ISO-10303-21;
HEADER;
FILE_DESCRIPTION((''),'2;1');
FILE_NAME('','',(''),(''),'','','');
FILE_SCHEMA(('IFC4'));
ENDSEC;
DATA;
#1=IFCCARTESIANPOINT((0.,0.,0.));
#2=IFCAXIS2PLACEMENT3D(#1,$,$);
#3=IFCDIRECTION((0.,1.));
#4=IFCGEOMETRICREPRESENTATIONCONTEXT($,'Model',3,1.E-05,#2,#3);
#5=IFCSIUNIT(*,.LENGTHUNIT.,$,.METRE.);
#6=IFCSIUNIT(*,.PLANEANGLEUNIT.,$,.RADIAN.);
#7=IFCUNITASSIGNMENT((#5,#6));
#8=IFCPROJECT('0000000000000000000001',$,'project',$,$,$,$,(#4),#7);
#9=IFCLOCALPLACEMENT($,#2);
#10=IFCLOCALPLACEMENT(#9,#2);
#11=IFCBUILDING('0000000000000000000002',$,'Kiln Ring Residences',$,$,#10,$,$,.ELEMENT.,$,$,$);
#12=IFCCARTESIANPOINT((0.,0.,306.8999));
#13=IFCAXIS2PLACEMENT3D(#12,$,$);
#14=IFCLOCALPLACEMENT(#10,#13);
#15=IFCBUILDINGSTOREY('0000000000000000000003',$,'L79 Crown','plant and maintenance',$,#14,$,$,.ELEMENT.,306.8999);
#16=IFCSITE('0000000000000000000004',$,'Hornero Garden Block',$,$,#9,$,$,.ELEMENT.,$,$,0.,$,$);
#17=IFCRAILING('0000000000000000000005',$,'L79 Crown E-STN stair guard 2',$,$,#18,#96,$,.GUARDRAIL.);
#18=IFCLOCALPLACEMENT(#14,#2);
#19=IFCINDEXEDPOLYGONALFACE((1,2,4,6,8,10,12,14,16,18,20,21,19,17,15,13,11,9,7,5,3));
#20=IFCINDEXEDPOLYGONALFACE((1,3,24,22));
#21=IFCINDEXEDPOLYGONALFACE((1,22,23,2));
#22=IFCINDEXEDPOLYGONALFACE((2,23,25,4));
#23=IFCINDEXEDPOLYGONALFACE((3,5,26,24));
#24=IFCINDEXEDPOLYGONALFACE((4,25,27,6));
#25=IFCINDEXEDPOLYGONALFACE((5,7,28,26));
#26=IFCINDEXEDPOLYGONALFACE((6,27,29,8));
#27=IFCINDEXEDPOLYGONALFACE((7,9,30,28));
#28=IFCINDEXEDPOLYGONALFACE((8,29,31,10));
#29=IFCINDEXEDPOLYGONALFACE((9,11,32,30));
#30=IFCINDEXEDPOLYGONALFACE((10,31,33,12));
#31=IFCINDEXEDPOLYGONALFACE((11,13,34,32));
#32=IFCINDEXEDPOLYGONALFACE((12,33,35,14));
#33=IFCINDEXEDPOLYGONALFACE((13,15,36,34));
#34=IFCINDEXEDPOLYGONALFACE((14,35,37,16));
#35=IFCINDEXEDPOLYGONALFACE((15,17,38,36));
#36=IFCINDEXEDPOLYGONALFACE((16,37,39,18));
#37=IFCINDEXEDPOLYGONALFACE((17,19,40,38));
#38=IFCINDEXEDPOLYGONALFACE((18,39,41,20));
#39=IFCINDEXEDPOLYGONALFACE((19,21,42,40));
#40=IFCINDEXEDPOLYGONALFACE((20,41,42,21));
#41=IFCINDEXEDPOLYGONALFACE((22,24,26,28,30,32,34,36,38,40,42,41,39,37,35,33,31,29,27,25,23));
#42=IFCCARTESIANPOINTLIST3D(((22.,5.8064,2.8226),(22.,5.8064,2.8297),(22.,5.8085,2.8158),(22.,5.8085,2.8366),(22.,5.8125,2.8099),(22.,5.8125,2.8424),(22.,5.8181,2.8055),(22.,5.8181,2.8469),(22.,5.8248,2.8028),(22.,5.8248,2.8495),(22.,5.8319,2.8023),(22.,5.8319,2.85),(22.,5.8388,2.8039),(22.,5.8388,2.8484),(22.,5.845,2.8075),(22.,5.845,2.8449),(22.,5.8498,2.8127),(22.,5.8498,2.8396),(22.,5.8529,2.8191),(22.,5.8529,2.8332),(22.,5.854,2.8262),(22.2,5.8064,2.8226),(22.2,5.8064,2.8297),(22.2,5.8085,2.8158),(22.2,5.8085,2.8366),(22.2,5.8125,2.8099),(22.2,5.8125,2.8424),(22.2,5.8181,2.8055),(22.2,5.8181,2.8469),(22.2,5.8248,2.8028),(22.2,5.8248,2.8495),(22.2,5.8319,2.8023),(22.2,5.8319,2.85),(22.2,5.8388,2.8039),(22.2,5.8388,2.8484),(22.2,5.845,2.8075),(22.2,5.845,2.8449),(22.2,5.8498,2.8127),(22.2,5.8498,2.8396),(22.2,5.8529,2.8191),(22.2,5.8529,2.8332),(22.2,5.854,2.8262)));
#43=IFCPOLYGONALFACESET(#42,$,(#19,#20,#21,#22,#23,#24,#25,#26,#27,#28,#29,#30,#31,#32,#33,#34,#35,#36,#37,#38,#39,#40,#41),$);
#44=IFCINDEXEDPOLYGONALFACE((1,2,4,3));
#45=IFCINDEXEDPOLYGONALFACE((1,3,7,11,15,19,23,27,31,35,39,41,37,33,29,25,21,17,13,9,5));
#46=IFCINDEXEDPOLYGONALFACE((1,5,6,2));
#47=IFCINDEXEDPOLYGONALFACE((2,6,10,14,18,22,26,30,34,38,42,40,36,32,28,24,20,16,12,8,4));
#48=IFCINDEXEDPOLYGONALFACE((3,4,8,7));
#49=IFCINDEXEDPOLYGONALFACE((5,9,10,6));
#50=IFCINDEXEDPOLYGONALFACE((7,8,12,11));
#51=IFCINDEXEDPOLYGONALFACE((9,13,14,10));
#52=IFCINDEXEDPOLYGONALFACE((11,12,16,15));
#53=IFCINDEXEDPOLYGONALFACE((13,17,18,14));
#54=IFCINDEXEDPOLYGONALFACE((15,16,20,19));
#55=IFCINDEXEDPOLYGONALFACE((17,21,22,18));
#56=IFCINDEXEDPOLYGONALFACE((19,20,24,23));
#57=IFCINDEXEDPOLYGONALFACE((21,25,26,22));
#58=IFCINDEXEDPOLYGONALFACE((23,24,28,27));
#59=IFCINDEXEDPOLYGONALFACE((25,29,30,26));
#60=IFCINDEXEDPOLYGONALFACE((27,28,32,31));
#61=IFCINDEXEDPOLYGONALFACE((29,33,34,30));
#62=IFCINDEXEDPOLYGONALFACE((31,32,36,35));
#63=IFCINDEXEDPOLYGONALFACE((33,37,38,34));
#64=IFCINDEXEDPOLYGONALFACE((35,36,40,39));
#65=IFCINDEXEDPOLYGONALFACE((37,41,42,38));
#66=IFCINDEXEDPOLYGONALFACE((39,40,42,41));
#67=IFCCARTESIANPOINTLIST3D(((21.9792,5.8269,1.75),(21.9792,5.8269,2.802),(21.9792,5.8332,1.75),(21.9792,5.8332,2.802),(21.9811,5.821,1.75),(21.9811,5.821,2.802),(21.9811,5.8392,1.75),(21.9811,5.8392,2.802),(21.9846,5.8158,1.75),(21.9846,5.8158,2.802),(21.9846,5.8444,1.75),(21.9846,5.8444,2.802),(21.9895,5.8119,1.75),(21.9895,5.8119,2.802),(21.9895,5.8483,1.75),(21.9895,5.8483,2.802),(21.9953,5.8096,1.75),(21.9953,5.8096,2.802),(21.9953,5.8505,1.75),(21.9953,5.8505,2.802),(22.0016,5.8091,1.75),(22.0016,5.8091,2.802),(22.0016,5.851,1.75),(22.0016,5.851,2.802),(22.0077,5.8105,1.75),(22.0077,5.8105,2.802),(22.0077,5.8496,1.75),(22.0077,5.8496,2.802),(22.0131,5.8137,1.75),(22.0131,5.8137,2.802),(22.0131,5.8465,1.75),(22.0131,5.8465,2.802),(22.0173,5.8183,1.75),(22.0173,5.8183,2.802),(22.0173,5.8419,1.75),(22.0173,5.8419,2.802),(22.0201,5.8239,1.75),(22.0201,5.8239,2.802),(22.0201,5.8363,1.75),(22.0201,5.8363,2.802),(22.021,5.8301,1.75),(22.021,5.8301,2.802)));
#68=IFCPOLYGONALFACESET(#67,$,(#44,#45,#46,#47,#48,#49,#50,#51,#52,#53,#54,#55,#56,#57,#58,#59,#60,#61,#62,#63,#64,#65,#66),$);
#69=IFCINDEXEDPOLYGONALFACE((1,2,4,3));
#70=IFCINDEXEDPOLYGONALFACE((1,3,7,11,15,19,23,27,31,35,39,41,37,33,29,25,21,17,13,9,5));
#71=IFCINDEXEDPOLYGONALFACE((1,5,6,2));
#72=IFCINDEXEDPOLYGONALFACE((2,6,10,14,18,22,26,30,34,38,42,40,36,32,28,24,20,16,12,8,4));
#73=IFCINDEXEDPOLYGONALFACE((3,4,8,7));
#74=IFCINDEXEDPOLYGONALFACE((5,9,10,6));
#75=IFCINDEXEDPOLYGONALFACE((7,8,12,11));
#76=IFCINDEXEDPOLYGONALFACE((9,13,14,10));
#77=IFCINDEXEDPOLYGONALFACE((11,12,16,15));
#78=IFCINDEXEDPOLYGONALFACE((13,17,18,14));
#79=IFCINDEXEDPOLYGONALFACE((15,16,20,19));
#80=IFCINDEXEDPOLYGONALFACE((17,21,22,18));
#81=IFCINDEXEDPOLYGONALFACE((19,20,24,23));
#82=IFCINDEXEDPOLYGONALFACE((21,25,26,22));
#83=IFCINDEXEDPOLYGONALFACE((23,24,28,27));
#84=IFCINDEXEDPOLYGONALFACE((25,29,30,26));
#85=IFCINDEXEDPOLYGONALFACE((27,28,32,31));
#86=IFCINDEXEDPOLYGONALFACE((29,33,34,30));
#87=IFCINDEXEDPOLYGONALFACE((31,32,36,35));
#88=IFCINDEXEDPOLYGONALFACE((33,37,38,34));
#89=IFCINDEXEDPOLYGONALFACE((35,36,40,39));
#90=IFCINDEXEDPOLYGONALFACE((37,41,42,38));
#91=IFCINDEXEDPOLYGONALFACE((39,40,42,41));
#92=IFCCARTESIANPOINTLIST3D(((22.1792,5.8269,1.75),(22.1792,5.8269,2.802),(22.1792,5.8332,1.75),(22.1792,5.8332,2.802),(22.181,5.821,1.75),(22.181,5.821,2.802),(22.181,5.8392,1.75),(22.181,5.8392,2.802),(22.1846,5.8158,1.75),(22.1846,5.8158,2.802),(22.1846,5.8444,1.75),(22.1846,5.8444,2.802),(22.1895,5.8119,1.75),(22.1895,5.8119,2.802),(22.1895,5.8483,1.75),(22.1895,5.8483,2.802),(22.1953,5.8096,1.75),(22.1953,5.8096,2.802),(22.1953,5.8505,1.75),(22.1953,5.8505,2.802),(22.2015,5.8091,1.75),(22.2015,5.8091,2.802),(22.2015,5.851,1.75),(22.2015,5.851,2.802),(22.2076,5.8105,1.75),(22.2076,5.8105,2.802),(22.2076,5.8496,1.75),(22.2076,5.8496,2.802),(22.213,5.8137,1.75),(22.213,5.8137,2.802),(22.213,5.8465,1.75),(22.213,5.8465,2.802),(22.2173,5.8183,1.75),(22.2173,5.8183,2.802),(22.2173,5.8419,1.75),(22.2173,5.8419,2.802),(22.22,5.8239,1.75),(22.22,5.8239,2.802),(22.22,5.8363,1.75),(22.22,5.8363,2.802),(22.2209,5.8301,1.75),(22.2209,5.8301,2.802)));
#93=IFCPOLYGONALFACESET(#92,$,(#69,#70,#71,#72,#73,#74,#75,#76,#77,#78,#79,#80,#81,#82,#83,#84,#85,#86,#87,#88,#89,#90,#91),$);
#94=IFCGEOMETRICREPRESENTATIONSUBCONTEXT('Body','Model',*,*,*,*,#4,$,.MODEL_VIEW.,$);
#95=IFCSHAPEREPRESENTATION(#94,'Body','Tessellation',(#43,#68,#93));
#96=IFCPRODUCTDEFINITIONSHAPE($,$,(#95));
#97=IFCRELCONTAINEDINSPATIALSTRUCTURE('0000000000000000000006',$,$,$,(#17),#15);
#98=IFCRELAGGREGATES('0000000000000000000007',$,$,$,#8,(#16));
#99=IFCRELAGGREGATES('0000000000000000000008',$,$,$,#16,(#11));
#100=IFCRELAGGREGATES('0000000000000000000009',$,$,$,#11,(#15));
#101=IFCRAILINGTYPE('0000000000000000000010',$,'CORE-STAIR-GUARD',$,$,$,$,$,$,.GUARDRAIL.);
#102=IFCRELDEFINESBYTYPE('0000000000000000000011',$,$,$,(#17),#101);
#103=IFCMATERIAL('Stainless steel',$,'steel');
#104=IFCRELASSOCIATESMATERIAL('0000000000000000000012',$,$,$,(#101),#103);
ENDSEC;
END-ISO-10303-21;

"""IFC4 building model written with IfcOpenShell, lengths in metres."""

from ifc_helpers import new_model, si_unit, direction, frame, origin, origin_2d, place, context, subcontext, project, spatial, circle, extrude, material, type_object, element, save


model = new_model("IFC4")

# Units and contexts
model_context = context("Model", 3, precision=1e-05, world=origin(), true_north=direction((0.0, 1.0)))
body_context = subcontext(model_context, "Body", "Model", "MODEL_VIEW")
ifc_project = project(units=[si_unit("LENGTHUNIT", "METRE"), si_unit("PLANEANGLEUNIT", "RADIAN")], contexts=[model_context])

# Site, building, storey
site_placement = place(None, origin())
site = spatial("IfcSite", under=ifc_project, at=site_placement, Name="Hornero Garden Block", CompositionType="ELEMENT", RefElevation=0.0)
building_placement = place(site_placement, origin())
building = spatial("IfcBuilding", under=site, at=building_placement, Name="Kiln Ring Residences", CompositionType="ELEMENT")
storey_placement = place(building_placement, frame((0.0, 0.0, 306.8999)))
storey = spatial("IfcBuildingStorey", under=building, at=storey_placement, Name="L79 Crown", Description="plant and maintenance", CompositionType="ELEMENT", Elevation=306.8999)

# Railing
ifc_material_1 = material(Name="Stainless steel", Category="steel")
railing_type_1 = type_object("IfcRailingType", Name="CORE-STAIR-GUARD", PredefinedType="GUARDRAIL", material=ifc_material_1)
railing_1_placement = place(storey_placement, frame((22.0, 5.8301, 1.75)))
element("IfcRailing", 1, at=railing_1_placement, inside=storey, type_object=railing_type_1, Name="L79 Crown E-STN stair guard 2", PredefinedType="GUARDRAIL", context=body_context, shape_type="SweptSolid", body=[
    extrude(circle(Radius=0.0239, at=origin_2d()), frame((0.0, 0.0, 1.0762), z_axis=(1.0, 0.0, 0.0), x_axis=(0.0, 1.0, 0.0)), (0.0, 0.0, 1.0), 0.2),
    extrude(circle(Radius=0.021, at=origin_2d()), origin(), (0.0, 0.0, 1.0), 1.052),
    extrude(circle(Radius=0.021, at=origin_2d()), frame((0.2, 0.0, 0.0)), (0.0, 0.0, 1.0), 1.052),
])

save(model, "model.ifc")
